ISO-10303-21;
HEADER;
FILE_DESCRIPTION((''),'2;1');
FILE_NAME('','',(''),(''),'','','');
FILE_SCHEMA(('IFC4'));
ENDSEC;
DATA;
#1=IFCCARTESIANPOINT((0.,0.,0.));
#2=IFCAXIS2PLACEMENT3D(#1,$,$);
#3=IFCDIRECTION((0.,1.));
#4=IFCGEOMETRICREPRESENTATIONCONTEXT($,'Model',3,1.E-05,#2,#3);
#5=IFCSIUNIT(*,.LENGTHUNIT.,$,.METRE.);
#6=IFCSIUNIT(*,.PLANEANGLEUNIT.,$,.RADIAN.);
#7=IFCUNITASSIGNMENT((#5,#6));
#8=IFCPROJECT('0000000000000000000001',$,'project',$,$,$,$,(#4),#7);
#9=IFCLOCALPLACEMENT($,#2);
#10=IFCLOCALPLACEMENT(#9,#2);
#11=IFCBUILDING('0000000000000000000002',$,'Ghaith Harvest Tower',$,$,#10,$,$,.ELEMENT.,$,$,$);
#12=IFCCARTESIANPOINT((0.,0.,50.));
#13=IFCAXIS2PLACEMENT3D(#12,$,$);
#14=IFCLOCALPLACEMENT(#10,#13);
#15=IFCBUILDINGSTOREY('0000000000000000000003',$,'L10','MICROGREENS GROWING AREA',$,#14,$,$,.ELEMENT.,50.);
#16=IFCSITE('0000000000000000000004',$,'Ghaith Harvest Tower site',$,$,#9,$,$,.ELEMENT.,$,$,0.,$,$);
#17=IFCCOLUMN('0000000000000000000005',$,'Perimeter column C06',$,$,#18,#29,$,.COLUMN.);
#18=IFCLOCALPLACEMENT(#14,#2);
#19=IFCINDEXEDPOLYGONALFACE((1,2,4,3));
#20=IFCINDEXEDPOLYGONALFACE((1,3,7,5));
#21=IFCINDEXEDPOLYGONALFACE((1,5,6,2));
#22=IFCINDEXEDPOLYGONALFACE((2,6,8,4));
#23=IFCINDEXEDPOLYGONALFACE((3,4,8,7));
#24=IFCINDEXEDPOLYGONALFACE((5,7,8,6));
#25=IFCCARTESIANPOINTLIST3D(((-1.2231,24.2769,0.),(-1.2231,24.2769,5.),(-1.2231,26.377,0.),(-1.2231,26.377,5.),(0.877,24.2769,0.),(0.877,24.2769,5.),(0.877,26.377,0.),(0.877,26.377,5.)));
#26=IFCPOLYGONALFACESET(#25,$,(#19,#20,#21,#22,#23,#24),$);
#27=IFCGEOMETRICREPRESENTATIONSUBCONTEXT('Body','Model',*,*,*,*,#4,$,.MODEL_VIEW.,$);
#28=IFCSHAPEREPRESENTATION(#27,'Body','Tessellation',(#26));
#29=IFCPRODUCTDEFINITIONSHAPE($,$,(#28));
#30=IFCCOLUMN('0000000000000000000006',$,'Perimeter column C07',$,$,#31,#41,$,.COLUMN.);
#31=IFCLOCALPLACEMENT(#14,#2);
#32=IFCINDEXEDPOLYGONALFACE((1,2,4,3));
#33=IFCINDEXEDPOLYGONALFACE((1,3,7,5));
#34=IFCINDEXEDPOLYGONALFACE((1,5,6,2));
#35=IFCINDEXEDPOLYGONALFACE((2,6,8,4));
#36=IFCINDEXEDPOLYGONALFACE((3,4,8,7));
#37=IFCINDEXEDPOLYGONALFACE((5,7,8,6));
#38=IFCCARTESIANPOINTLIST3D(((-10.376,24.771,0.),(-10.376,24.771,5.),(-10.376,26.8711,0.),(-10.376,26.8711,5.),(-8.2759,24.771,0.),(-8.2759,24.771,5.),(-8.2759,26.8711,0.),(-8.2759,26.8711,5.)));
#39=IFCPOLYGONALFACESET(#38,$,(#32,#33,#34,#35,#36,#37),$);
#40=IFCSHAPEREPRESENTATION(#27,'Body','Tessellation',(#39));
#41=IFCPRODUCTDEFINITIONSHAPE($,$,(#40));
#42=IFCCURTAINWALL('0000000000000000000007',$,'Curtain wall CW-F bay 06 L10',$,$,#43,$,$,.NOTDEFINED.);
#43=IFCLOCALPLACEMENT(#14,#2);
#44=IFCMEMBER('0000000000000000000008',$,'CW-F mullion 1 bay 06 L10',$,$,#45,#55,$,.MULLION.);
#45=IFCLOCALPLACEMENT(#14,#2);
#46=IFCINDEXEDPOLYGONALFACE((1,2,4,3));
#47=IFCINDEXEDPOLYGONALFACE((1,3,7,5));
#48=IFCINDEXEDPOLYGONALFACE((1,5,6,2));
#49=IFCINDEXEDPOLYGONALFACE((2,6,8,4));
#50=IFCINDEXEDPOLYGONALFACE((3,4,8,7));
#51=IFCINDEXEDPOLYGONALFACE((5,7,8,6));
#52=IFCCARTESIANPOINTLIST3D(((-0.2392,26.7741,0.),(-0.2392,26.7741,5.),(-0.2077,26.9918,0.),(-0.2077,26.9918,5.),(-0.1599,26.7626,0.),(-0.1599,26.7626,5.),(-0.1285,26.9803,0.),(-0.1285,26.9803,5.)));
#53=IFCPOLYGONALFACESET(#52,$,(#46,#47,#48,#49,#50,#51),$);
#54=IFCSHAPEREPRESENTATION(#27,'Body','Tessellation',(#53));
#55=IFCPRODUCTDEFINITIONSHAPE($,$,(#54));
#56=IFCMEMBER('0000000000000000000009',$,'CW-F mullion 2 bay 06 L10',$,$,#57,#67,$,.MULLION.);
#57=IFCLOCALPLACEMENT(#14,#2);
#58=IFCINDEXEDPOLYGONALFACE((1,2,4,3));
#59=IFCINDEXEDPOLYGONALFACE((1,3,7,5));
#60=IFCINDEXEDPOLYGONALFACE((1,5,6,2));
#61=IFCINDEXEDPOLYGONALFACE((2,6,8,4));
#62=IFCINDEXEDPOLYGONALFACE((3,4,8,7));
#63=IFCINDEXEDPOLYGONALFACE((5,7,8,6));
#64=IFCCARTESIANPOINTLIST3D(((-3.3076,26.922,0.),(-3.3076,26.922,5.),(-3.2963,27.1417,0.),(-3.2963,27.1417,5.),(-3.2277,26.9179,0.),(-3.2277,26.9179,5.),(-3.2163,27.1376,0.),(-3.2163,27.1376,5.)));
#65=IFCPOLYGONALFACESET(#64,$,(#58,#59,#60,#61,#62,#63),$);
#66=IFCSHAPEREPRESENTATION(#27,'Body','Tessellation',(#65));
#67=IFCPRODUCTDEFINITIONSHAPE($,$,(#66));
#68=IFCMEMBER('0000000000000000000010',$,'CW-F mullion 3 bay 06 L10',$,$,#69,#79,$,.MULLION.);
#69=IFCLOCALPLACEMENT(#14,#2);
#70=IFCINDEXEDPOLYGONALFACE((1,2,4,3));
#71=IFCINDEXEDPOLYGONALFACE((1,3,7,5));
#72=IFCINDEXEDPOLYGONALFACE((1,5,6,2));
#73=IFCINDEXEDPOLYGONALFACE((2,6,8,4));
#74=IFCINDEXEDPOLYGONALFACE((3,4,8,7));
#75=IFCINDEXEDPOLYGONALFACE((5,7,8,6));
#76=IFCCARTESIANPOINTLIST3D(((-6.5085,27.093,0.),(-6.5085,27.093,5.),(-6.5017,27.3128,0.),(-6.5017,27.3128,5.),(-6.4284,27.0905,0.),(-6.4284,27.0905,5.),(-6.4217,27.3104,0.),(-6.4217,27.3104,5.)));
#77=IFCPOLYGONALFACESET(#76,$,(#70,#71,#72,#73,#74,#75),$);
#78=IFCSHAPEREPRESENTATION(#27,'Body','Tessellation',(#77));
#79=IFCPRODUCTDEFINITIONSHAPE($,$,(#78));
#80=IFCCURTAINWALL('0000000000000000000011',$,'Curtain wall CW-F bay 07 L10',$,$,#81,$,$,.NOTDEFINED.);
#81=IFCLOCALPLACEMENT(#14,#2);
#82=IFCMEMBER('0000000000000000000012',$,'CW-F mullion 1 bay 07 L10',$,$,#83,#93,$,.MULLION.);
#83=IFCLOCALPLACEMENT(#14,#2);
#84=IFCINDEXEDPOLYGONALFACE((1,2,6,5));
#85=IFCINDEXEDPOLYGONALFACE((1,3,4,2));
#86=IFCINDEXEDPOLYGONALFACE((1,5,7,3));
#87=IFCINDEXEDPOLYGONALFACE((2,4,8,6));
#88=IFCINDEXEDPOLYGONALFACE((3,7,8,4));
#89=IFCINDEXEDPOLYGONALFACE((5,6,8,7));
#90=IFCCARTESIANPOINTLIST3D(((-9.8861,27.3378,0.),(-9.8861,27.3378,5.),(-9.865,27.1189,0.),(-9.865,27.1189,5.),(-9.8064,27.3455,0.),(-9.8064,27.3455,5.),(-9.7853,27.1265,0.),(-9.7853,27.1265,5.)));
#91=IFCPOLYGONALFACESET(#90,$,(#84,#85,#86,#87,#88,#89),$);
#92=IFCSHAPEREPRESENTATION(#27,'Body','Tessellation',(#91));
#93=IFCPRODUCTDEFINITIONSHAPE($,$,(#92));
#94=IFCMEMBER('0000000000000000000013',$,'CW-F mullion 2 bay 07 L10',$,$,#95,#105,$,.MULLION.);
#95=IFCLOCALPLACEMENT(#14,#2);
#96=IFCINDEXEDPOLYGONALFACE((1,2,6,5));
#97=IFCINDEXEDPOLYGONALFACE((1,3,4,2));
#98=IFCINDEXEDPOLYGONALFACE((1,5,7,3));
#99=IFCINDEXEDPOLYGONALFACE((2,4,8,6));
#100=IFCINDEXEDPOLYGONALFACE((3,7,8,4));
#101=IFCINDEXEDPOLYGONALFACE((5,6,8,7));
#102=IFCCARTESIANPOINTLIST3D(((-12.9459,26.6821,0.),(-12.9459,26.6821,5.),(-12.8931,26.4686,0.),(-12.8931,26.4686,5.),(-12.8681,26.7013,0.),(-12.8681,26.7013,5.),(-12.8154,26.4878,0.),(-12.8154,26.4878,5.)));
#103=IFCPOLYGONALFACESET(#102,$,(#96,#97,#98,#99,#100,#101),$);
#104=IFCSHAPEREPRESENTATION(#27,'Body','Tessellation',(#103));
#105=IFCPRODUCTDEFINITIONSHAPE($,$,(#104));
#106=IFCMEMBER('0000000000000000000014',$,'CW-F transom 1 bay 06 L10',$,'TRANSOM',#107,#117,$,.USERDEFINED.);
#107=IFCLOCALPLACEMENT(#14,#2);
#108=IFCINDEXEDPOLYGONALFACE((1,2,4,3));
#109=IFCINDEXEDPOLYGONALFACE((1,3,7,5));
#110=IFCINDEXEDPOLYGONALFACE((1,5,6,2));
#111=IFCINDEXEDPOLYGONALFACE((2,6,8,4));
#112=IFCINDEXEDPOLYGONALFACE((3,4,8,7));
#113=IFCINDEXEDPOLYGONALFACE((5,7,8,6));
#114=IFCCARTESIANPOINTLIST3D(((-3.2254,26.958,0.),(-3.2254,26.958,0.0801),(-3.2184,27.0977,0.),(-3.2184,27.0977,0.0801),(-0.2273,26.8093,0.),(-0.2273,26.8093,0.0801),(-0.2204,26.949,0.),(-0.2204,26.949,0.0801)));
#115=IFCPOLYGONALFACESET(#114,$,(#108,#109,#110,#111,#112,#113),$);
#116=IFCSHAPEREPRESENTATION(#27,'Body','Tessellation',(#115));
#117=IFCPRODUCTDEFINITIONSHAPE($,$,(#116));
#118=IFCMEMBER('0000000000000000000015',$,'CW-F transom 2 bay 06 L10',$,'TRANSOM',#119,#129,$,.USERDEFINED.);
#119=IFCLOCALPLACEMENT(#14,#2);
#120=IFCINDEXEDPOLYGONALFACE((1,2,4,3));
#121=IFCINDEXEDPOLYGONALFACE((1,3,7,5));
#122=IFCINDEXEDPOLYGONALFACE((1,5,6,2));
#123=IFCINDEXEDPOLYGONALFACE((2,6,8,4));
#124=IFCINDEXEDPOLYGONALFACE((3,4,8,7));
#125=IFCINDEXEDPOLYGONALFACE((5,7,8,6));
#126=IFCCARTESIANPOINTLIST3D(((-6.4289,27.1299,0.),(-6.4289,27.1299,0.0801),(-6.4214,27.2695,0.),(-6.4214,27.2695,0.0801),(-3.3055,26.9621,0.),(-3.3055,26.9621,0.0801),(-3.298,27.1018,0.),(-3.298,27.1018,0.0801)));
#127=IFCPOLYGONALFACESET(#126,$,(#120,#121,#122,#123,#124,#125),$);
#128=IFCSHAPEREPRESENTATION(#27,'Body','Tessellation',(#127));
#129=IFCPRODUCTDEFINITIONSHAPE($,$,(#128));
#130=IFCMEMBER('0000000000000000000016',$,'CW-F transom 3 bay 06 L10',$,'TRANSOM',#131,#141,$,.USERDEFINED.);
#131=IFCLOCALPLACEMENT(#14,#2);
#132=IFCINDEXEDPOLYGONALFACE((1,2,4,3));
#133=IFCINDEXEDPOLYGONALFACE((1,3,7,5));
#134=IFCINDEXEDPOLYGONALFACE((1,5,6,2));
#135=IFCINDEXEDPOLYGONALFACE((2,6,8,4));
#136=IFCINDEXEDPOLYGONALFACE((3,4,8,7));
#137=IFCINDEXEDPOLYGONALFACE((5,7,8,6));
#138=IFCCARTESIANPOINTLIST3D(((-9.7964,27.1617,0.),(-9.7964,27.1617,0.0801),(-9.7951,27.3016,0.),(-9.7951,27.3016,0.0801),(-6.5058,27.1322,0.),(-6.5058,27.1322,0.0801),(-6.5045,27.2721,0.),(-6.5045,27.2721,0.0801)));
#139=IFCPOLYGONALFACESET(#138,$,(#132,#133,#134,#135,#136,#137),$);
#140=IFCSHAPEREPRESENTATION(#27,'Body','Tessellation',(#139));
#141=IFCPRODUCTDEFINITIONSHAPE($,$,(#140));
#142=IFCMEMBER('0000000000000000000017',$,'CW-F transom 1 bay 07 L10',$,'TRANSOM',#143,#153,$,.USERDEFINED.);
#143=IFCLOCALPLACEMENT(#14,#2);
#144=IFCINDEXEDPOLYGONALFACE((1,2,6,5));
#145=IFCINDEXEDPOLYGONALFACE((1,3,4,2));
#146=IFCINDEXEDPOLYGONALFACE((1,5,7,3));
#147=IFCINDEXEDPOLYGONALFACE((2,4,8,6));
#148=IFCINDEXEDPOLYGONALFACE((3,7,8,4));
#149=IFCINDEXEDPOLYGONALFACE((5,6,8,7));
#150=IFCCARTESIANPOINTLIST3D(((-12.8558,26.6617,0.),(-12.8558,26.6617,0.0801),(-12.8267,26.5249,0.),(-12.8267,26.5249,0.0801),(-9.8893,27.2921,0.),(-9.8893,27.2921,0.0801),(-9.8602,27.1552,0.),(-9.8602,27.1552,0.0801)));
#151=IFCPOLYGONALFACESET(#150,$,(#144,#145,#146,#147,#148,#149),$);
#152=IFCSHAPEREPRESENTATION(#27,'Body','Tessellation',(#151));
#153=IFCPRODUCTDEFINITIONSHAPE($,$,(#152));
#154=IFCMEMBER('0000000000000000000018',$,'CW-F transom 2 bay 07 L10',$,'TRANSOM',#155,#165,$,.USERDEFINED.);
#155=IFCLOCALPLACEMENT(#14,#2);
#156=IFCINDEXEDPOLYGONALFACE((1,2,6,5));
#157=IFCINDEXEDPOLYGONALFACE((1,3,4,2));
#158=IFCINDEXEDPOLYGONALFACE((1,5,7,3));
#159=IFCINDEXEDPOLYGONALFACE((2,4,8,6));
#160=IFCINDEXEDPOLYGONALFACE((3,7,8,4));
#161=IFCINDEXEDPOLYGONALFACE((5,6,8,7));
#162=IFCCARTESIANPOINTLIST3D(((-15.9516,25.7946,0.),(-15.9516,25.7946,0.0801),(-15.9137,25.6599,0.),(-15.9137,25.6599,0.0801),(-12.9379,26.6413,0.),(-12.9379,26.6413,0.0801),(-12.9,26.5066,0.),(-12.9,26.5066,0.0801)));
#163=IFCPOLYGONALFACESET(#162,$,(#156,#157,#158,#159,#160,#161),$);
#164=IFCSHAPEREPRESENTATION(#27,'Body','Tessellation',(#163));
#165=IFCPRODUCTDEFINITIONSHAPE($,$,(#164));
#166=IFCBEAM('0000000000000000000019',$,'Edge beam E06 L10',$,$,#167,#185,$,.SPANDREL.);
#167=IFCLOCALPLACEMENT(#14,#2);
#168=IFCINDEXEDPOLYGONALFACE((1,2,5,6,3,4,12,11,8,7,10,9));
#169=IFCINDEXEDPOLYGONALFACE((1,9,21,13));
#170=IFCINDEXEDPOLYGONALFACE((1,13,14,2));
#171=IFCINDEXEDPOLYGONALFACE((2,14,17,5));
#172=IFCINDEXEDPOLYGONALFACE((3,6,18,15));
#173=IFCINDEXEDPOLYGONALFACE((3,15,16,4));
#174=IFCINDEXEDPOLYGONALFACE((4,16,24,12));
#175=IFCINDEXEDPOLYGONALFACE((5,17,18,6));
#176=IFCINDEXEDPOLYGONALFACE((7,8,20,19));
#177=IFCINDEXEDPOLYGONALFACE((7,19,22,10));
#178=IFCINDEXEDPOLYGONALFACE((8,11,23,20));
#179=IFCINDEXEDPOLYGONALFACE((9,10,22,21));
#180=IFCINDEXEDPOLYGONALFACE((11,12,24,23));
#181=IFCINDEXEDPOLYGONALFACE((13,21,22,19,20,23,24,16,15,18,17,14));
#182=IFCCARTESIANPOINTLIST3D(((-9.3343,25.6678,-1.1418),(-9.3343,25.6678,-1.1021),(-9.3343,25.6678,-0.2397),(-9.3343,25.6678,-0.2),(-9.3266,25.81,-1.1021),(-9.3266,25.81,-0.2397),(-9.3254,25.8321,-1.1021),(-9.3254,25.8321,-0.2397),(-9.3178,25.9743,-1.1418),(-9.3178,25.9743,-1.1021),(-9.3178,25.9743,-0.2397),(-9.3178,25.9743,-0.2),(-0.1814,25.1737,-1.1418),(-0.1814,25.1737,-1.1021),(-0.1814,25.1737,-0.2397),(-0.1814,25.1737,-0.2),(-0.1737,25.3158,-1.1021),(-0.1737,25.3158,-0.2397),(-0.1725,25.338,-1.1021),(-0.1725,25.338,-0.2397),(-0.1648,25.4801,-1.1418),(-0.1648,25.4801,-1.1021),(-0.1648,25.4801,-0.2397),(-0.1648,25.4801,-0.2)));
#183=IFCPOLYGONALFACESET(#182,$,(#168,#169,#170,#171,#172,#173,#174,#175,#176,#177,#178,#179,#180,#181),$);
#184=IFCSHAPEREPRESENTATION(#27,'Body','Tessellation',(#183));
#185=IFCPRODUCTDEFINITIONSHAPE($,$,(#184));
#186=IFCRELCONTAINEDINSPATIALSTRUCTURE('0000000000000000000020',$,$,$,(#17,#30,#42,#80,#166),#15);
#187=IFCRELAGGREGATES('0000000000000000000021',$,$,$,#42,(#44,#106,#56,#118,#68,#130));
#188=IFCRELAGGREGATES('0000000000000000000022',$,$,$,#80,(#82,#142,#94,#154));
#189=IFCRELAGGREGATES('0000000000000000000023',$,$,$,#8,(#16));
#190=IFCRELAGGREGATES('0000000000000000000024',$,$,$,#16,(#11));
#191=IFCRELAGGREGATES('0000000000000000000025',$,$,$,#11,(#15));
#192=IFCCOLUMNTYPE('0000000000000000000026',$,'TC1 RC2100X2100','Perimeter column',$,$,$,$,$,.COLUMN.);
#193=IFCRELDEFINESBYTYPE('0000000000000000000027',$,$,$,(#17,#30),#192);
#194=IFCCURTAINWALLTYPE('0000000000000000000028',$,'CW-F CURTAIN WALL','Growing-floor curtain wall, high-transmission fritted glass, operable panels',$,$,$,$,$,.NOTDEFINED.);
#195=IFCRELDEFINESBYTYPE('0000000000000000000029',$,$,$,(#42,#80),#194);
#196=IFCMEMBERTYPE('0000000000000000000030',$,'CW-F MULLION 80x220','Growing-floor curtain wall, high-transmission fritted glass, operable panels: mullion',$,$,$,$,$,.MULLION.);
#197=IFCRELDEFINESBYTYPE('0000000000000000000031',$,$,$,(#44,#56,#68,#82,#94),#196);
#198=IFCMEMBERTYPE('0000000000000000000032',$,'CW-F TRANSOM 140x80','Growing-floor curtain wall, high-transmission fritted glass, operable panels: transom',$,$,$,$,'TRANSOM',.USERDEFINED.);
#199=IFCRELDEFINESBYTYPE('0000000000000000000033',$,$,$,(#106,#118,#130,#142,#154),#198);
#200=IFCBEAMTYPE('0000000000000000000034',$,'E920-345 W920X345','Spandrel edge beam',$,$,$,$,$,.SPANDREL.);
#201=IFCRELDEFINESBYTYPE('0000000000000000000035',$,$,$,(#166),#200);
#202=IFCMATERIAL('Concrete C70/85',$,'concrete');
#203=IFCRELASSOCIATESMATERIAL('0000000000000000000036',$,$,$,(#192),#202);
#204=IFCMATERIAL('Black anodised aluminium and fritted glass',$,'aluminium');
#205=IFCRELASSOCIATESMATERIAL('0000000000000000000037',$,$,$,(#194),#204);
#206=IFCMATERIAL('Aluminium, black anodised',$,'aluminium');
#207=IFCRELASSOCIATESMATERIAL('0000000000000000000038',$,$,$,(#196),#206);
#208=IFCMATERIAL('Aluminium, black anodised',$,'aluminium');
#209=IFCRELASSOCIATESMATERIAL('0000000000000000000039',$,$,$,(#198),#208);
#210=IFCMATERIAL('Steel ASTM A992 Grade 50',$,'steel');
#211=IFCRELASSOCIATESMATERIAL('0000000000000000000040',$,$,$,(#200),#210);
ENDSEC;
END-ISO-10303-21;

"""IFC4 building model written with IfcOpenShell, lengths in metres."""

from ifc_helpers import new_model, si_unit, direction, frame, origin, origin_2d, place, context, subcontext, project, spatial, rectangle, i_section, extrude, material, material_profile, profile_set, type_object, element, aggregate, save


model = new_model("IFC4")

# Units and contexts
model_context = context("Model", 3, precision=1e-05, world=origin(), true_north=direction((0.0, 1.0)))
body_context = subcontext(model_context, "Body", "Model", "MODEL_VIEW")
ifc_project = project(units=[si_unit("LENGTHUNIT", "METRE"), si_unit("PLANEANGLEUNIT", "RADIAN")], contexts=[model_context])

# Site, building, storey
site_placement = place(None, origin())
site = spatial("IfcSite", under=ifc_project, at=site_placement, Name="Ghaith Harvest Tower site", CompositionType="ELEMENT", RefElevation=0.0)
building_placement = place(site_placement, origin())
building = spatial("IfcBuilding", under=site, at=building_placement, Name="Ghaith Harvest Tower", CompositionType="ELEMENT")
storey_placement = place(building_placement, frame((0.0, 0.0, 50.0)))
storey = spatial("IfcBuildingStorey", under=building, at=storey_placement, Name="L10", Description="MICROGREENS GROWING AREA", CompositionType="ELEMENT", Elevation=50.0)

# Columns
ifc_material_1 = material(Name="Concrete C70/85", Category="concrete")
ifc_material_profile_1 = material_profile(ifc_material_1, rectangle(XDim=2.1001, YDim=2.1001, at=origin_2d()), Name="RC2100X2100")
ifc_profile_set_1 = profile_set([ifc_material_profile_1], Name="Concrete C70/85")
column_type = type_object("IfcColumnType", Name="TC1 RC2100X2100", Description="Perimeter column", PredefinedType="COLUMN", material=ifc_profile_set_1)
for number, where, z_axis, x_axis, name in (
    (1, (-0.1731, 25.3269, 0.0), (0.0, 0.0, 1.0), (1.0, 0.0, 0.0), "Perimeter column C06"),
    (2, (-9.3259, 25.821, 0.0), (0.0, 0.0, 1.0), (1.0, 0.0, 0.0), "Perimeter column C07"),
):
    element("IfcColumn", number, at=place(storey_placement, frame(where, z_axis=z_axis, x_axis=x_axis)), inside=storey, type_object=column_type, Name=name, PredefinedType="COLUMN", context=body_context, shape_type="SweptSolid", body=[
        extrude(rectangle(XDim=2.1001, YDim=2.1001, at=origin_2d()), origin(), (0.0, 0.0, 1.0), 5.0),
    ])

# Curtain walls, members
ifc_material_2 = material(Name="Black anodised aluminium and fritted glass", Category="aluminium")
curtain_wall_type = type_object("IfcCurtainWallType", Name="CW-F CURTAIN WALL", Description="Growing-floor curtain wall, high-transmission fritted glass, operable panels", PredefinedType="NOTDEFINED", material=ifc_material_2)
curtain_wall_1_placement = place(storey_placement, origin())
curtain_wall_1 = element("IfcCurtainWall", 3, at=curtain_wall_1_placement, inside=storey, type_object=curtain_wall_type, Name="Curtain wall CW-F bay 06 L10", PredefinedType="NOTDEFINED")
ifc_material_3 = material(Name="Aluminium, black anodised", Category="aluminium")
ifc_material_profile_2 = material_profile(ifc_material_3, rectangle(XDim=0.0801, YDim=0.22, at=origin_2d()), Name="CW-F MULLION 80x220")
ifc_profile_set_2 = profile_set([ifc_material_profile_2], Name="Aluminium, black anodised")
member_type_1 = type_object("IfcMemberType", Name="CW-F MULLION 80x220", Description="Growing-floor curtain wall, high-transmission fritted glass, operable panels: mullion", PredefinedType="MULLION", material=ifc_profile_set_2)
member_1_placement = place(storey_placement, frame((-0.1838, 26.8772, 0.0), z_axis=(0.0, 0.0, 1.0), x_axis=(-0.989712, 0.143075, 0.0)))
member_1 = element("IfcMember", 4, at=member_1_placement, type_object=member_type_1, Name="CW-F mullion 1 bay 06 L10", PredefinedType="MULLION", context=body_context, shape_type="SweptSolid", body=[
    extrude(rectangle(XDim=0.0801, YDim=0.22, at=origin_2d()), origin(), (0.0, 0.0, 1.0), 5.0),
])
member_2_placement = place(storey_placement, frame((-3.262, 27.0298, 0.0), z_axis=(0.0, 0.0, 1.0), x_axis=(-0.998667, 0.051618, 0.0)))
member_2 = element("IfcMember", 5, at=member_2_placement, type_object=member_type_1, Name="CW-F mullion 2 bay 06 L10", PredefinedType="MULLION", context=body_context, shape_type="SweptSolid", body=[
    extrude(rectangle(XDim=0.0801, YDim=0.22, at=origin_2d()), origin(), (0.0, 0.0, 1.0), 5.0),
])
member_3_placement = place(storey_placement, frame((-6.4651, 27.2017, 0.0), z_axis=(0.0, 0.0, 1.0), x_axis=(-0.999527, 0.03075, 0.0)))
member_3 = element("IfcMember", 6, at=member_3_placement, type_object=member_type_1, Name="CW-F mullion 3 bay 06 L10", PredefinedType="MULLION", context=body_context, shape_type="SweptSolid", body=[
    extrude(rectangle(XDim=0.0801, YDim=0.22, at=origin_2d()), origin(), (0.0, 0.0, 1.0), 5.0),
])
curtain_wall_2_placement = place(storey_placement, origin())
curtain_wall_2 = element("IfcCurtainWall", 7, at=curtain_wall_2_placement, inside=storey, type_object=curtain_wall_type, Name="Curtain wall CW-F bay 07 L10", PredefinedType="NOTDEFINED")
member_4_placement = place(storey_placement, frame((-9.8357, 27.2322, 0.0), z_axis=(0.0, 0.0, 1.0), x_axis=(-0.995408, -0.095718, 0.0)))
member_4 = element("IfcMember", 8, at=member_4_placement, type_object=member_type_1, Name="CW-F mullion 1 bay 07 L10", PredefinedType="MULLION", context=body_context, shape_type="SweptSolid", body=[
    extrude(rectangle(XDim=0.0801, YDim=0.22, at=origin_2d()), origin(), (0.0, 0.0, 1.0), 5.0),
])
member_5_placement = place(storey_placement, frame((-12.8806, 26.585, 0.0), z_axis=(0.0, 0.0, 1.0), x_axis=(-0.970825, -0.239791, 0.0)))
member_5 = element("IfcMember", 9, at=member_5_placement, type_object=member_type_1, Name="CW-F mullion 2 bay 07 L10", PredefinedType="MULLION", context=body_context, shape_type="SweptSolid", body=[
    extrude(rectangle(XDim=0.0801, YDim=0.22, at=origin_2d()), origin(), (0.0, 0.0, 1.0), 5.0),
])

# Members
ifc_material_4 = material(Name="Aluminium, black anodised", Category="aluminium")
ifc_material_profile_3 = material_profile(ifc_material_4, rectangle(XDim=0.1399, YDim=0.0801, at=origin_2d()), Name="CW-F TRANSOM 140x80")
ifc_profile_set_3 = profile_set([ifc_material_profile_3], Name="Aluminium, black anodised")
member_type_2 = type_object("IfcMemberType", Name="CW-F TRANSOM 140x80", Description="Growing-floor curtain wall, high-transmission fritted glass, operable panels: transom", ElementType="TRANSOM", PredefinedType="USERDEFINED", material=ifc_profile_set_3)
member_6_placement = place(storey_placement, frame((-0.2239, 26.8792, 0.04), z_axis=(-0.998773, 0.049532, 0.0), x_axis=(-0.049532, -0.998773, 0.0)))
member_6 = element("IfcMember", 10, at=member_6_placement, type_object=member_type_2, Name="CW-F transom 1 bay 06 L10", ObjectType="TRANSOM", PredefinedType="USERDEFINED", context=body_context, shape_type="SweptSolid", body=[
    extrude(rectangle(XDim=0.1399, YDim=0.0801, at=origin_2d()), origin(), (0.0, 0.0, 1.0), 3.0017),
])
member_7_placement = place(storey_placement, frame((-3.3018, 27.032, 0.04), z_axis=(-0.998561, 0.05362, 0.0), x_axis=(-0.05362, -0.998561, 0.0)))
member_7 = element("IfcMember", 11, at=member_7_placement, type_object=member_type_2, Name="CW-F transom 2 bay 06 L10", ObjectType="TRANSOM", PredefinedType="USERDEFINED", context=body_context, shape_type="SweptSolid", body=[
    extrude(rectangle(XDim=0.1399, YDim=0.0801, at=origin_2d()), origin(), (0.0, 0.0, 1.0), 3.1279),
])
member_8_placement = place(storey_placement, frame((-6.5051, 27.2021, 0.04), z_axis=(-0.99996, 0.008977, 0.0), x_axis=(-0.008977, -0.99996, 0.0)))
member_8 = element("IfcMember", 12, at=member_8_placement, type_object=member_type_2, Name="CW-F transom 3 bay 06 L10", ObjectType="TRANSOM", PredefinedType="USERDEFINED", context=body_context, shape_type="SweptSolid", body=[
    extrude(rectangle(XDim=0.1399, YDim=0.0801, at=origin_2d()), origin(), (0.0, 0.0, 1.0), 3.2908),
])
member_9_placement = place(storey_placement, frame((-9.8748, 27.2236, 0.04), z_axis=(-0.97816, -0.207852, 0.0), x_axis=(0.207852, -0.97816, 0.0)))
member_9 = element("IfcMember", 13, at=member_9_placement, type_object=member_type_2, Name="CW-F transom 1 bay 07 L10", ObjectType="TRANSOM", PredefinedType="USERDEFINED", context=body_context, shape_type="SweptSolid", body=[
    extrude(rectangle(XDim=0.1399, YDim=0.0801, at=origin_2d()), origin(), (0.0, 0.0, 1.0), 3.0327),
])
member_10_placement = place(storey_placement, frame((-12.9189, 26.574, 0.04), z_axis=(-0.962727, -0.270475, 0.0), x_axis=(0.270475, -0.962727, 0.0)))
member_10 = element("IfcMember", 14, at=member_10_placement, type_object=member_type_2, Name="CW-F transom 2 bay 07 L10", ObjectType="TRANSOM", PredefinedType="USERDEFINED", context=body_context, shape_type="SweptSolid", body=[
    extrude(rectangle(XDim=0.1399, YDim=0.0801, at=origin_2d()), origin(), (0.0, 0.0, 1.0), 3.1304),
])

# Beam
ifc_material_5 = material(Name="Steel ASTM A992 Grade 50", Category="steel")
ifc_material_profile_4 = material_profile(ifc_material_5, i_section(OverallWidth=0.3069, OverallDepth=0.9419, WebThickness=0.0222, FlangeThickness=0.0398, at=origin_2d()), Name="W920X345")
ifc_profile_set_4 = profile_set([ifc_material_profile_4], Name="Steel ASTM A992 Grade 50")
beam_type_1 = type_object("IfcBeamType", Name="E920-345 W920X345", Description="Spandrel edge beam", PredefinedType="SPANDREL", material=ifc_profile_set_4)
beam_1_placement = place(storey_placement, frame((-0.1731, 25.3269, -0.6709), z_axis=(-0.998546, 0.053909, 0.0), x_axis=(-0.053909, -0.998546, 0.0)))
element("IfcBeam", 15, at=beam_1_placement, inside=storey, type_object=beam_type_1, Name="Edge beam E06 L10", PredefinedType="SPANDREL", context=body_context, shape_type="SweptSolid", body=[
    extrude(i_section(OverallWidth=0.3069, OverallDepth=0.9419, WebThickness=0.0222, FlangeThickness=0.0398, at=origin_2d()), origin(), (0.0, 0.0, 1.0), 9.1663),
])

aggregate(curtain_wall_1, [member_1, member_6, member_2, member_7, member_3, member_8])
aggregate(curtain_wall_2, [member_4, member_9, member_5, member_10])

save(model, "model.ifc")
